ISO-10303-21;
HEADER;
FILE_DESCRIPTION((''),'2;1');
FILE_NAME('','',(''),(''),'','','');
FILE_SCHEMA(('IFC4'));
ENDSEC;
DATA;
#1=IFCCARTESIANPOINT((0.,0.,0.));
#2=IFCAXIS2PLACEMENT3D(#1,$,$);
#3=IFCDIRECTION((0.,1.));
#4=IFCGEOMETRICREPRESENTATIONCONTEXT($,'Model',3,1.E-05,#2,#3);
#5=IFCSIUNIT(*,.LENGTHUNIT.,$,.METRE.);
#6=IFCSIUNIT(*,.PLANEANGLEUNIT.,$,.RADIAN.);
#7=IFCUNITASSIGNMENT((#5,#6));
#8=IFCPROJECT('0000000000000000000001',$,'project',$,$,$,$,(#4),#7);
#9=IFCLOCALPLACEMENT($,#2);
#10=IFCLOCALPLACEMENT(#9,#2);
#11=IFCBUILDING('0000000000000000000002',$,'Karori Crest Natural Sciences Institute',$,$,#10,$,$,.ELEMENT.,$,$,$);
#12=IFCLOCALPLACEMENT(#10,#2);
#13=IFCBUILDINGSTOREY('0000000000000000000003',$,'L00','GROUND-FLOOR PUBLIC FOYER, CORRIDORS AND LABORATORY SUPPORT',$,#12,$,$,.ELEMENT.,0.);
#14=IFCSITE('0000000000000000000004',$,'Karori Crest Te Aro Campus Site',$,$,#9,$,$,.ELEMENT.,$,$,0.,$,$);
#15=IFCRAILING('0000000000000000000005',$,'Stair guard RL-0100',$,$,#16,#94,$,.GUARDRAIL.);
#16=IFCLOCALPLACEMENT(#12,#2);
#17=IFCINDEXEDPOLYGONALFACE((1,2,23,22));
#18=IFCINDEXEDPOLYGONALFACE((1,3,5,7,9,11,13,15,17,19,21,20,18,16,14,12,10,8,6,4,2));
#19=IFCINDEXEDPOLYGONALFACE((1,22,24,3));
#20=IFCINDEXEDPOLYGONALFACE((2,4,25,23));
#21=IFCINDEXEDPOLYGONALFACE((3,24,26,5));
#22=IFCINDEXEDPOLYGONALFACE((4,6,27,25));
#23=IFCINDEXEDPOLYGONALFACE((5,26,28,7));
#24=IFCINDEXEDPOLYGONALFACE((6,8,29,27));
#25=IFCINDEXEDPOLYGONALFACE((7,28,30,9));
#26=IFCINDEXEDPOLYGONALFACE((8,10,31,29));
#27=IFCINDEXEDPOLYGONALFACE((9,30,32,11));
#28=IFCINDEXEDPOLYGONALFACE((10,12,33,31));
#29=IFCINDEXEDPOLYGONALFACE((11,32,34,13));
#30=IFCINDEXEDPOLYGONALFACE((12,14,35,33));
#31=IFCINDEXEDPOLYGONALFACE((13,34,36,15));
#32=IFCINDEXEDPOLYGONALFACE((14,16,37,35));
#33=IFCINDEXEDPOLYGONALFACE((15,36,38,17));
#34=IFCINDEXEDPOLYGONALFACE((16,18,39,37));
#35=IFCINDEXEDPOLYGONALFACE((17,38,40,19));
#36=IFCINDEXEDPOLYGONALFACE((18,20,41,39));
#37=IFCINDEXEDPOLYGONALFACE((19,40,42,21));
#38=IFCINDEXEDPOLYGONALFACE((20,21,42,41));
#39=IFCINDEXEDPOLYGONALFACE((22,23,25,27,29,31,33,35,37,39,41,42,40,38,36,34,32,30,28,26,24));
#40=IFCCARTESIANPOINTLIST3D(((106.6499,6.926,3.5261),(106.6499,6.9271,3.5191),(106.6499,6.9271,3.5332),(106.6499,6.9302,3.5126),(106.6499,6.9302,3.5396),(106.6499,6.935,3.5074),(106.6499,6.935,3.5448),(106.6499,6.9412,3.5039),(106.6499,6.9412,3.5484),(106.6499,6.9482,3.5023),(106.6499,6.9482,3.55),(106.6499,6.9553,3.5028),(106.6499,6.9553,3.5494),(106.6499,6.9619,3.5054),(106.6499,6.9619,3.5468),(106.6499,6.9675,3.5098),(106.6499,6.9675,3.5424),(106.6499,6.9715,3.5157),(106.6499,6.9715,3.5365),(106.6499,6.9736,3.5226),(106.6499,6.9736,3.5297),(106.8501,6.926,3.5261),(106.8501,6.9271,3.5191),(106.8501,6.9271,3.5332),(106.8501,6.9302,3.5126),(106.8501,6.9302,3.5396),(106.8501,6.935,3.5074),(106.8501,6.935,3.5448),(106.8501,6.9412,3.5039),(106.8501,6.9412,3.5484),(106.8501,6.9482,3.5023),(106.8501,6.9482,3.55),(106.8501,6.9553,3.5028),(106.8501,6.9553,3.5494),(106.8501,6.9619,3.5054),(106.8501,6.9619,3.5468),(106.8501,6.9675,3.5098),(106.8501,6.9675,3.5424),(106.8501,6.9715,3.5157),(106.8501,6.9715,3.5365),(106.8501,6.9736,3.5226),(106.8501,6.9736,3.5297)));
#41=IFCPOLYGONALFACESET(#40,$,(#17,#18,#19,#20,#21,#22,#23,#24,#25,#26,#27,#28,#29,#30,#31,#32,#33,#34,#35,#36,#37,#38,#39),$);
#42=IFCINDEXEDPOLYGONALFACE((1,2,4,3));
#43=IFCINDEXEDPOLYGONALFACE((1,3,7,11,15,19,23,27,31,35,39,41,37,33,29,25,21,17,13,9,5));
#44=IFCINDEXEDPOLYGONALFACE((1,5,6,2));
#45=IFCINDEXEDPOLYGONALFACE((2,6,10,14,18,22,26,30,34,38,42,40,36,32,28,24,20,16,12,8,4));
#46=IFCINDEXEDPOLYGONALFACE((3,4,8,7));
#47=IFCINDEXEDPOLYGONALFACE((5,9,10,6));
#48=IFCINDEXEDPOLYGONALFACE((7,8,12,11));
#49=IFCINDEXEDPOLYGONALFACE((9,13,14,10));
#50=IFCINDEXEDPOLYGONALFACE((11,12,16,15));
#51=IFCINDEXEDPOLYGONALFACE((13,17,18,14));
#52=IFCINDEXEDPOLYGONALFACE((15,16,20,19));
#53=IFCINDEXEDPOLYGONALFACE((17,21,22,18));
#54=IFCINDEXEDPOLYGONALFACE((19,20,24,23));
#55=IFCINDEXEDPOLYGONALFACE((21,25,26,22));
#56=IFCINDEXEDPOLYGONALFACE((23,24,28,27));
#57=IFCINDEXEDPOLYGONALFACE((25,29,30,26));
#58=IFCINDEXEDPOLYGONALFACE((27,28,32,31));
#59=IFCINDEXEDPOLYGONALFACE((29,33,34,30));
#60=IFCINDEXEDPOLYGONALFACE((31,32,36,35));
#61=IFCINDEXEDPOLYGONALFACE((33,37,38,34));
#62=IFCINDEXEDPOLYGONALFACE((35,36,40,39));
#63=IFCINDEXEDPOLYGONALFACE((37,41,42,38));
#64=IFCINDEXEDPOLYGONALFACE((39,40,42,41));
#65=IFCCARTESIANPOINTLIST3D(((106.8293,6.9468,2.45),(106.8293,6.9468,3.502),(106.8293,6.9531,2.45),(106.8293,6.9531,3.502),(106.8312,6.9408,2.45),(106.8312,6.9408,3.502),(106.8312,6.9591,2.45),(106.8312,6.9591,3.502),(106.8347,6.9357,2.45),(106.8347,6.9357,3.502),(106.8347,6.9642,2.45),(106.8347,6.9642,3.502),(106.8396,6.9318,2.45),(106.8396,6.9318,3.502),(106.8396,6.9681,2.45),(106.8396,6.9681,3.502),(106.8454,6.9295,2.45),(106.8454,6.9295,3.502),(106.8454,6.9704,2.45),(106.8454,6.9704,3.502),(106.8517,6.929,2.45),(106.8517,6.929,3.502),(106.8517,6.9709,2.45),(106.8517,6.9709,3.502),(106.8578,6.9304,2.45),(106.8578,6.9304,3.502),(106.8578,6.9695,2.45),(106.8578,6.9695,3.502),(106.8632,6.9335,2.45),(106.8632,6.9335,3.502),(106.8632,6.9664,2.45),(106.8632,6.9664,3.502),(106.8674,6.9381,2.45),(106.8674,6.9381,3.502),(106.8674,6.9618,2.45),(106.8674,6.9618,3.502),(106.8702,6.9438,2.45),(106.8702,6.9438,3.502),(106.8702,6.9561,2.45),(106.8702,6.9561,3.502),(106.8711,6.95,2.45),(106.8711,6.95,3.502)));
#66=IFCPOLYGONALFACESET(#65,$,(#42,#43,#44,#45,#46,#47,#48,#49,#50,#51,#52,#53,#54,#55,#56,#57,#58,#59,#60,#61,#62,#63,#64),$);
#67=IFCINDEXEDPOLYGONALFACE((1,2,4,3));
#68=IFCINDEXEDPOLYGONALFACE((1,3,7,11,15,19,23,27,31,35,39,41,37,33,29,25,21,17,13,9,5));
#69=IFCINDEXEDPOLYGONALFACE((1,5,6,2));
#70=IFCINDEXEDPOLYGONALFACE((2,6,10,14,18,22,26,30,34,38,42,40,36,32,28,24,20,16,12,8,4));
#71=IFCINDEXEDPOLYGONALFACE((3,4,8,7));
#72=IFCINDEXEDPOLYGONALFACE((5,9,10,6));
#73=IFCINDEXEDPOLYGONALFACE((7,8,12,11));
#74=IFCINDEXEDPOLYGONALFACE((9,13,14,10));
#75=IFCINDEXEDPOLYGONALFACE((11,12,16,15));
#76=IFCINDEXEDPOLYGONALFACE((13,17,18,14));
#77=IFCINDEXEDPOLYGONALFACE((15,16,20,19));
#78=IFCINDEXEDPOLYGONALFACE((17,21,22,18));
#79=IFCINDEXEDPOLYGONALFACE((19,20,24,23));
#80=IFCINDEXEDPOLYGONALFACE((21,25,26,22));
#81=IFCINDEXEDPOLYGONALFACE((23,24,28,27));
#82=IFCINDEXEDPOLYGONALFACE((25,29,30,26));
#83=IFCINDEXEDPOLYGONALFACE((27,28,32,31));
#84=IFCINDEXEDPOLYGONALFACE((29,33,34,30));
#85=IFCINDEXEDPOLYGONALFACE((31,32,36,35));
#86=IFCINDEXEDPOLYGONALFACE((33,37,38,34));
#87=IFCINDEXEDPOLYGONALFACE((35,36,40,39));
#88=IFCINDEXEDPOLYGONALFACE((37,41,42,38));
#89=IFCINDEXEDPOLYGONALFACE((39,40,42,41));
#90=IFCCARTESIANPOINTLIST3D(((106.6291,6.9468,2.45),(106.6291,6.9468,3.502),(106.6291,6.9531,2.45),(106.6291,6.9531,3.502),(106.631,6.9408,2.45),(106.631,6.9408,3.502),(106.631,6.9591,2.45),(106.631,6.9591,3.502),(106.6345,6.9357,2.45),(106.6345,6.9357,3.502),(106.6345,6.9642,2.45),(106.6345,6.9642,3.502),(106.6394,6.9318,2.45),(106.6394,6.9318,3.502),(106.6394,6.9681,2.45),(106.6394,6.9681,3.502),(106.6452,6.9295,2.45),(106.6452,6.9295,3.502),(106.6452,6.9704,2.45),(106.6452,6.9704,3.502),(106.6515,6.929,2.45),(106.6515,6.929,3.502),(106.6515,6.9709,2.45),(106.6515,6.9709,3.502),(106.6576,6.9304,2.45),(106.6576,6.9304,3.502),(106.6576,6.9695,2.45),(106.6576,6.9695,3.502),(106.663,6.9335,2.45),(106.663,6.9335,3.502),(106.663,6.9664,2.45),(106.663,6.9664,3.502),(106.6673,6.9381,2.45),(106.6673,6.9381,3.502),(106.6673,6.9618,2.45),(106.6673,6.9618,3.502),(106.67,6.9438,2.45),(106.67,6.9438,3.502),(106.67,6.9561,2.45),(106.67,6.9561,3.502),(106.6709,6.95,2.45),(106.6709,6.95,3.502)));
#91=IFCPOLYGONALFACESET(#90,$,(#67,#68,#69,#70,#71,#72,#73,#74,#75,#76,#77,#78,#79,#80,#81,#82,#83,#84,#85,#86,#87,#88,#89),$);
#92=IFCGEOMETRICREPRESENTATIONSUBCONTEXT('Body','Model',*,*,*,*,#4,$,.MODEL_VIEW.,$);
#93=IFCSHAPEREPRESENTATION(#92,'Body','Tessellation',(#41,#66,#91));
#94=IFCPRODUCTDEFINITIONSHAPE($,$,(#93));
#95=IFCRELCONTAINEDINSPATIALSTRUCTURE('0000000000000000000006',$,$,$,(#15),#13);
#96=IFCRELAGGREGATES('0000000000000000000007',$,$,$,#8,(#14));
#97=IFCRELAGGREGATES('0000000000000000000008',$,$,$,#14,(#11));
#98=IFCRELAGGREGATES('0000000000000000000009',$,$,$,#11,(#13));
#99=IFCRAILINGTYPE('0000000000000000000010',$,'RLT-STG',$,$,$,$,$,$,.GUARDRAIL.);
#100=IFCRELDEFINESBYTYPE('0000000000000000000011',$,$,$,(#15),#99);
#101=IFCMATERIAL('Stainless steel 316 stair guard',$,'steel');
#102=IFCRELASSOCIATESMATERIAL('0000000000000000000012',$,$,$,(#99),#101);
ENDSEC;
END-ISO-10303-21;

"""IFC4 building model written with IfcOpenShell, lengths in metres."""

from ifc_helpers import new_model, si_unit, direction, frame, origin, origin_2d, place, context, subcontext, project, spatial, circle, extrude, material, type_object, element, save


model = new_model("IFC4")

# Units and contexts
model_context = context("Model", 3, precision=1e-05, world=origin(), true_north=direction((0.0, 1.0)))
body_context = subcontext(model_context, "Body", "Model", "MODEL_VIEW")
ifc_project = project(units=[si_unit("LENGTHUNIT", "METRE"), si_unit("PLANEANGLEUNIT", "RADIAN")], contexts=[model_context])

# Site, building, storey
site_placement = place(None, origin())
site = spatial("IfcSite", under=ifc_project, at=site_placement, Name="Karori Crest Te Aro Campus Site", CompositionType="ELEMENT", RefElevation=0.0)
building_placement = place(site_placement, origin())
building = spatial("IfcBuilding", under=site, at=building_placement, Name="Karori Crest Natural Sciences Institute", CompositionType="ELEMENT")
storey_placement = place(building_placement, origin())
storey = spatial("IfcBuildingStorey", under=building, at=storey_placement, Name="L00", Description="GROUND-FLOOR PUBLIC FOYER, CORRIDORS AND LABORATORY SUPPORT", CompositionType="ELEMENT", Elevation=0.0)

# Railing
ifc_material_1 = material(Name="Stainless steel 316 stair guard", Category="steel")
railing_type_1 = type_object("IfcRailingType", Name="RLT-STG", PredefinedType="GUARDRAIL", material=ifc_material_1)
railing_1_placement = place(storey_placement, frame((106.8501, 6.95, 2.45)))
element("IfcRailing", 1, at=railing_1_placement, inside=storey, type_object=railing_type_1, Name="Stair guard RL-0100", PredefinedType="GUARDRAIL", context=body_context, shape_type="SweptSolid", body=[
    extrude(circle(Radius=0.0239, at=origin_2d()), frame((0.0, 0.0, 1.0762), z_axis=(-1.0, 0.0, 0.0), x_axis=(0.0, -1.0, 0.0)), (0.0, 0.0, 1.0), 0.2002),
    extrude(circle(Radius=0.021, at=origin_2d()), origin(), (0.0, 0.0, 1.0), 1.052),
    extrude(circle(Radius=0.021, at=origin_2d()), frame((-0.2002, 0.0, 0.0)), (0.0, 0.0, 1.0), 1.052),
])

save(model, "model.ifc")
